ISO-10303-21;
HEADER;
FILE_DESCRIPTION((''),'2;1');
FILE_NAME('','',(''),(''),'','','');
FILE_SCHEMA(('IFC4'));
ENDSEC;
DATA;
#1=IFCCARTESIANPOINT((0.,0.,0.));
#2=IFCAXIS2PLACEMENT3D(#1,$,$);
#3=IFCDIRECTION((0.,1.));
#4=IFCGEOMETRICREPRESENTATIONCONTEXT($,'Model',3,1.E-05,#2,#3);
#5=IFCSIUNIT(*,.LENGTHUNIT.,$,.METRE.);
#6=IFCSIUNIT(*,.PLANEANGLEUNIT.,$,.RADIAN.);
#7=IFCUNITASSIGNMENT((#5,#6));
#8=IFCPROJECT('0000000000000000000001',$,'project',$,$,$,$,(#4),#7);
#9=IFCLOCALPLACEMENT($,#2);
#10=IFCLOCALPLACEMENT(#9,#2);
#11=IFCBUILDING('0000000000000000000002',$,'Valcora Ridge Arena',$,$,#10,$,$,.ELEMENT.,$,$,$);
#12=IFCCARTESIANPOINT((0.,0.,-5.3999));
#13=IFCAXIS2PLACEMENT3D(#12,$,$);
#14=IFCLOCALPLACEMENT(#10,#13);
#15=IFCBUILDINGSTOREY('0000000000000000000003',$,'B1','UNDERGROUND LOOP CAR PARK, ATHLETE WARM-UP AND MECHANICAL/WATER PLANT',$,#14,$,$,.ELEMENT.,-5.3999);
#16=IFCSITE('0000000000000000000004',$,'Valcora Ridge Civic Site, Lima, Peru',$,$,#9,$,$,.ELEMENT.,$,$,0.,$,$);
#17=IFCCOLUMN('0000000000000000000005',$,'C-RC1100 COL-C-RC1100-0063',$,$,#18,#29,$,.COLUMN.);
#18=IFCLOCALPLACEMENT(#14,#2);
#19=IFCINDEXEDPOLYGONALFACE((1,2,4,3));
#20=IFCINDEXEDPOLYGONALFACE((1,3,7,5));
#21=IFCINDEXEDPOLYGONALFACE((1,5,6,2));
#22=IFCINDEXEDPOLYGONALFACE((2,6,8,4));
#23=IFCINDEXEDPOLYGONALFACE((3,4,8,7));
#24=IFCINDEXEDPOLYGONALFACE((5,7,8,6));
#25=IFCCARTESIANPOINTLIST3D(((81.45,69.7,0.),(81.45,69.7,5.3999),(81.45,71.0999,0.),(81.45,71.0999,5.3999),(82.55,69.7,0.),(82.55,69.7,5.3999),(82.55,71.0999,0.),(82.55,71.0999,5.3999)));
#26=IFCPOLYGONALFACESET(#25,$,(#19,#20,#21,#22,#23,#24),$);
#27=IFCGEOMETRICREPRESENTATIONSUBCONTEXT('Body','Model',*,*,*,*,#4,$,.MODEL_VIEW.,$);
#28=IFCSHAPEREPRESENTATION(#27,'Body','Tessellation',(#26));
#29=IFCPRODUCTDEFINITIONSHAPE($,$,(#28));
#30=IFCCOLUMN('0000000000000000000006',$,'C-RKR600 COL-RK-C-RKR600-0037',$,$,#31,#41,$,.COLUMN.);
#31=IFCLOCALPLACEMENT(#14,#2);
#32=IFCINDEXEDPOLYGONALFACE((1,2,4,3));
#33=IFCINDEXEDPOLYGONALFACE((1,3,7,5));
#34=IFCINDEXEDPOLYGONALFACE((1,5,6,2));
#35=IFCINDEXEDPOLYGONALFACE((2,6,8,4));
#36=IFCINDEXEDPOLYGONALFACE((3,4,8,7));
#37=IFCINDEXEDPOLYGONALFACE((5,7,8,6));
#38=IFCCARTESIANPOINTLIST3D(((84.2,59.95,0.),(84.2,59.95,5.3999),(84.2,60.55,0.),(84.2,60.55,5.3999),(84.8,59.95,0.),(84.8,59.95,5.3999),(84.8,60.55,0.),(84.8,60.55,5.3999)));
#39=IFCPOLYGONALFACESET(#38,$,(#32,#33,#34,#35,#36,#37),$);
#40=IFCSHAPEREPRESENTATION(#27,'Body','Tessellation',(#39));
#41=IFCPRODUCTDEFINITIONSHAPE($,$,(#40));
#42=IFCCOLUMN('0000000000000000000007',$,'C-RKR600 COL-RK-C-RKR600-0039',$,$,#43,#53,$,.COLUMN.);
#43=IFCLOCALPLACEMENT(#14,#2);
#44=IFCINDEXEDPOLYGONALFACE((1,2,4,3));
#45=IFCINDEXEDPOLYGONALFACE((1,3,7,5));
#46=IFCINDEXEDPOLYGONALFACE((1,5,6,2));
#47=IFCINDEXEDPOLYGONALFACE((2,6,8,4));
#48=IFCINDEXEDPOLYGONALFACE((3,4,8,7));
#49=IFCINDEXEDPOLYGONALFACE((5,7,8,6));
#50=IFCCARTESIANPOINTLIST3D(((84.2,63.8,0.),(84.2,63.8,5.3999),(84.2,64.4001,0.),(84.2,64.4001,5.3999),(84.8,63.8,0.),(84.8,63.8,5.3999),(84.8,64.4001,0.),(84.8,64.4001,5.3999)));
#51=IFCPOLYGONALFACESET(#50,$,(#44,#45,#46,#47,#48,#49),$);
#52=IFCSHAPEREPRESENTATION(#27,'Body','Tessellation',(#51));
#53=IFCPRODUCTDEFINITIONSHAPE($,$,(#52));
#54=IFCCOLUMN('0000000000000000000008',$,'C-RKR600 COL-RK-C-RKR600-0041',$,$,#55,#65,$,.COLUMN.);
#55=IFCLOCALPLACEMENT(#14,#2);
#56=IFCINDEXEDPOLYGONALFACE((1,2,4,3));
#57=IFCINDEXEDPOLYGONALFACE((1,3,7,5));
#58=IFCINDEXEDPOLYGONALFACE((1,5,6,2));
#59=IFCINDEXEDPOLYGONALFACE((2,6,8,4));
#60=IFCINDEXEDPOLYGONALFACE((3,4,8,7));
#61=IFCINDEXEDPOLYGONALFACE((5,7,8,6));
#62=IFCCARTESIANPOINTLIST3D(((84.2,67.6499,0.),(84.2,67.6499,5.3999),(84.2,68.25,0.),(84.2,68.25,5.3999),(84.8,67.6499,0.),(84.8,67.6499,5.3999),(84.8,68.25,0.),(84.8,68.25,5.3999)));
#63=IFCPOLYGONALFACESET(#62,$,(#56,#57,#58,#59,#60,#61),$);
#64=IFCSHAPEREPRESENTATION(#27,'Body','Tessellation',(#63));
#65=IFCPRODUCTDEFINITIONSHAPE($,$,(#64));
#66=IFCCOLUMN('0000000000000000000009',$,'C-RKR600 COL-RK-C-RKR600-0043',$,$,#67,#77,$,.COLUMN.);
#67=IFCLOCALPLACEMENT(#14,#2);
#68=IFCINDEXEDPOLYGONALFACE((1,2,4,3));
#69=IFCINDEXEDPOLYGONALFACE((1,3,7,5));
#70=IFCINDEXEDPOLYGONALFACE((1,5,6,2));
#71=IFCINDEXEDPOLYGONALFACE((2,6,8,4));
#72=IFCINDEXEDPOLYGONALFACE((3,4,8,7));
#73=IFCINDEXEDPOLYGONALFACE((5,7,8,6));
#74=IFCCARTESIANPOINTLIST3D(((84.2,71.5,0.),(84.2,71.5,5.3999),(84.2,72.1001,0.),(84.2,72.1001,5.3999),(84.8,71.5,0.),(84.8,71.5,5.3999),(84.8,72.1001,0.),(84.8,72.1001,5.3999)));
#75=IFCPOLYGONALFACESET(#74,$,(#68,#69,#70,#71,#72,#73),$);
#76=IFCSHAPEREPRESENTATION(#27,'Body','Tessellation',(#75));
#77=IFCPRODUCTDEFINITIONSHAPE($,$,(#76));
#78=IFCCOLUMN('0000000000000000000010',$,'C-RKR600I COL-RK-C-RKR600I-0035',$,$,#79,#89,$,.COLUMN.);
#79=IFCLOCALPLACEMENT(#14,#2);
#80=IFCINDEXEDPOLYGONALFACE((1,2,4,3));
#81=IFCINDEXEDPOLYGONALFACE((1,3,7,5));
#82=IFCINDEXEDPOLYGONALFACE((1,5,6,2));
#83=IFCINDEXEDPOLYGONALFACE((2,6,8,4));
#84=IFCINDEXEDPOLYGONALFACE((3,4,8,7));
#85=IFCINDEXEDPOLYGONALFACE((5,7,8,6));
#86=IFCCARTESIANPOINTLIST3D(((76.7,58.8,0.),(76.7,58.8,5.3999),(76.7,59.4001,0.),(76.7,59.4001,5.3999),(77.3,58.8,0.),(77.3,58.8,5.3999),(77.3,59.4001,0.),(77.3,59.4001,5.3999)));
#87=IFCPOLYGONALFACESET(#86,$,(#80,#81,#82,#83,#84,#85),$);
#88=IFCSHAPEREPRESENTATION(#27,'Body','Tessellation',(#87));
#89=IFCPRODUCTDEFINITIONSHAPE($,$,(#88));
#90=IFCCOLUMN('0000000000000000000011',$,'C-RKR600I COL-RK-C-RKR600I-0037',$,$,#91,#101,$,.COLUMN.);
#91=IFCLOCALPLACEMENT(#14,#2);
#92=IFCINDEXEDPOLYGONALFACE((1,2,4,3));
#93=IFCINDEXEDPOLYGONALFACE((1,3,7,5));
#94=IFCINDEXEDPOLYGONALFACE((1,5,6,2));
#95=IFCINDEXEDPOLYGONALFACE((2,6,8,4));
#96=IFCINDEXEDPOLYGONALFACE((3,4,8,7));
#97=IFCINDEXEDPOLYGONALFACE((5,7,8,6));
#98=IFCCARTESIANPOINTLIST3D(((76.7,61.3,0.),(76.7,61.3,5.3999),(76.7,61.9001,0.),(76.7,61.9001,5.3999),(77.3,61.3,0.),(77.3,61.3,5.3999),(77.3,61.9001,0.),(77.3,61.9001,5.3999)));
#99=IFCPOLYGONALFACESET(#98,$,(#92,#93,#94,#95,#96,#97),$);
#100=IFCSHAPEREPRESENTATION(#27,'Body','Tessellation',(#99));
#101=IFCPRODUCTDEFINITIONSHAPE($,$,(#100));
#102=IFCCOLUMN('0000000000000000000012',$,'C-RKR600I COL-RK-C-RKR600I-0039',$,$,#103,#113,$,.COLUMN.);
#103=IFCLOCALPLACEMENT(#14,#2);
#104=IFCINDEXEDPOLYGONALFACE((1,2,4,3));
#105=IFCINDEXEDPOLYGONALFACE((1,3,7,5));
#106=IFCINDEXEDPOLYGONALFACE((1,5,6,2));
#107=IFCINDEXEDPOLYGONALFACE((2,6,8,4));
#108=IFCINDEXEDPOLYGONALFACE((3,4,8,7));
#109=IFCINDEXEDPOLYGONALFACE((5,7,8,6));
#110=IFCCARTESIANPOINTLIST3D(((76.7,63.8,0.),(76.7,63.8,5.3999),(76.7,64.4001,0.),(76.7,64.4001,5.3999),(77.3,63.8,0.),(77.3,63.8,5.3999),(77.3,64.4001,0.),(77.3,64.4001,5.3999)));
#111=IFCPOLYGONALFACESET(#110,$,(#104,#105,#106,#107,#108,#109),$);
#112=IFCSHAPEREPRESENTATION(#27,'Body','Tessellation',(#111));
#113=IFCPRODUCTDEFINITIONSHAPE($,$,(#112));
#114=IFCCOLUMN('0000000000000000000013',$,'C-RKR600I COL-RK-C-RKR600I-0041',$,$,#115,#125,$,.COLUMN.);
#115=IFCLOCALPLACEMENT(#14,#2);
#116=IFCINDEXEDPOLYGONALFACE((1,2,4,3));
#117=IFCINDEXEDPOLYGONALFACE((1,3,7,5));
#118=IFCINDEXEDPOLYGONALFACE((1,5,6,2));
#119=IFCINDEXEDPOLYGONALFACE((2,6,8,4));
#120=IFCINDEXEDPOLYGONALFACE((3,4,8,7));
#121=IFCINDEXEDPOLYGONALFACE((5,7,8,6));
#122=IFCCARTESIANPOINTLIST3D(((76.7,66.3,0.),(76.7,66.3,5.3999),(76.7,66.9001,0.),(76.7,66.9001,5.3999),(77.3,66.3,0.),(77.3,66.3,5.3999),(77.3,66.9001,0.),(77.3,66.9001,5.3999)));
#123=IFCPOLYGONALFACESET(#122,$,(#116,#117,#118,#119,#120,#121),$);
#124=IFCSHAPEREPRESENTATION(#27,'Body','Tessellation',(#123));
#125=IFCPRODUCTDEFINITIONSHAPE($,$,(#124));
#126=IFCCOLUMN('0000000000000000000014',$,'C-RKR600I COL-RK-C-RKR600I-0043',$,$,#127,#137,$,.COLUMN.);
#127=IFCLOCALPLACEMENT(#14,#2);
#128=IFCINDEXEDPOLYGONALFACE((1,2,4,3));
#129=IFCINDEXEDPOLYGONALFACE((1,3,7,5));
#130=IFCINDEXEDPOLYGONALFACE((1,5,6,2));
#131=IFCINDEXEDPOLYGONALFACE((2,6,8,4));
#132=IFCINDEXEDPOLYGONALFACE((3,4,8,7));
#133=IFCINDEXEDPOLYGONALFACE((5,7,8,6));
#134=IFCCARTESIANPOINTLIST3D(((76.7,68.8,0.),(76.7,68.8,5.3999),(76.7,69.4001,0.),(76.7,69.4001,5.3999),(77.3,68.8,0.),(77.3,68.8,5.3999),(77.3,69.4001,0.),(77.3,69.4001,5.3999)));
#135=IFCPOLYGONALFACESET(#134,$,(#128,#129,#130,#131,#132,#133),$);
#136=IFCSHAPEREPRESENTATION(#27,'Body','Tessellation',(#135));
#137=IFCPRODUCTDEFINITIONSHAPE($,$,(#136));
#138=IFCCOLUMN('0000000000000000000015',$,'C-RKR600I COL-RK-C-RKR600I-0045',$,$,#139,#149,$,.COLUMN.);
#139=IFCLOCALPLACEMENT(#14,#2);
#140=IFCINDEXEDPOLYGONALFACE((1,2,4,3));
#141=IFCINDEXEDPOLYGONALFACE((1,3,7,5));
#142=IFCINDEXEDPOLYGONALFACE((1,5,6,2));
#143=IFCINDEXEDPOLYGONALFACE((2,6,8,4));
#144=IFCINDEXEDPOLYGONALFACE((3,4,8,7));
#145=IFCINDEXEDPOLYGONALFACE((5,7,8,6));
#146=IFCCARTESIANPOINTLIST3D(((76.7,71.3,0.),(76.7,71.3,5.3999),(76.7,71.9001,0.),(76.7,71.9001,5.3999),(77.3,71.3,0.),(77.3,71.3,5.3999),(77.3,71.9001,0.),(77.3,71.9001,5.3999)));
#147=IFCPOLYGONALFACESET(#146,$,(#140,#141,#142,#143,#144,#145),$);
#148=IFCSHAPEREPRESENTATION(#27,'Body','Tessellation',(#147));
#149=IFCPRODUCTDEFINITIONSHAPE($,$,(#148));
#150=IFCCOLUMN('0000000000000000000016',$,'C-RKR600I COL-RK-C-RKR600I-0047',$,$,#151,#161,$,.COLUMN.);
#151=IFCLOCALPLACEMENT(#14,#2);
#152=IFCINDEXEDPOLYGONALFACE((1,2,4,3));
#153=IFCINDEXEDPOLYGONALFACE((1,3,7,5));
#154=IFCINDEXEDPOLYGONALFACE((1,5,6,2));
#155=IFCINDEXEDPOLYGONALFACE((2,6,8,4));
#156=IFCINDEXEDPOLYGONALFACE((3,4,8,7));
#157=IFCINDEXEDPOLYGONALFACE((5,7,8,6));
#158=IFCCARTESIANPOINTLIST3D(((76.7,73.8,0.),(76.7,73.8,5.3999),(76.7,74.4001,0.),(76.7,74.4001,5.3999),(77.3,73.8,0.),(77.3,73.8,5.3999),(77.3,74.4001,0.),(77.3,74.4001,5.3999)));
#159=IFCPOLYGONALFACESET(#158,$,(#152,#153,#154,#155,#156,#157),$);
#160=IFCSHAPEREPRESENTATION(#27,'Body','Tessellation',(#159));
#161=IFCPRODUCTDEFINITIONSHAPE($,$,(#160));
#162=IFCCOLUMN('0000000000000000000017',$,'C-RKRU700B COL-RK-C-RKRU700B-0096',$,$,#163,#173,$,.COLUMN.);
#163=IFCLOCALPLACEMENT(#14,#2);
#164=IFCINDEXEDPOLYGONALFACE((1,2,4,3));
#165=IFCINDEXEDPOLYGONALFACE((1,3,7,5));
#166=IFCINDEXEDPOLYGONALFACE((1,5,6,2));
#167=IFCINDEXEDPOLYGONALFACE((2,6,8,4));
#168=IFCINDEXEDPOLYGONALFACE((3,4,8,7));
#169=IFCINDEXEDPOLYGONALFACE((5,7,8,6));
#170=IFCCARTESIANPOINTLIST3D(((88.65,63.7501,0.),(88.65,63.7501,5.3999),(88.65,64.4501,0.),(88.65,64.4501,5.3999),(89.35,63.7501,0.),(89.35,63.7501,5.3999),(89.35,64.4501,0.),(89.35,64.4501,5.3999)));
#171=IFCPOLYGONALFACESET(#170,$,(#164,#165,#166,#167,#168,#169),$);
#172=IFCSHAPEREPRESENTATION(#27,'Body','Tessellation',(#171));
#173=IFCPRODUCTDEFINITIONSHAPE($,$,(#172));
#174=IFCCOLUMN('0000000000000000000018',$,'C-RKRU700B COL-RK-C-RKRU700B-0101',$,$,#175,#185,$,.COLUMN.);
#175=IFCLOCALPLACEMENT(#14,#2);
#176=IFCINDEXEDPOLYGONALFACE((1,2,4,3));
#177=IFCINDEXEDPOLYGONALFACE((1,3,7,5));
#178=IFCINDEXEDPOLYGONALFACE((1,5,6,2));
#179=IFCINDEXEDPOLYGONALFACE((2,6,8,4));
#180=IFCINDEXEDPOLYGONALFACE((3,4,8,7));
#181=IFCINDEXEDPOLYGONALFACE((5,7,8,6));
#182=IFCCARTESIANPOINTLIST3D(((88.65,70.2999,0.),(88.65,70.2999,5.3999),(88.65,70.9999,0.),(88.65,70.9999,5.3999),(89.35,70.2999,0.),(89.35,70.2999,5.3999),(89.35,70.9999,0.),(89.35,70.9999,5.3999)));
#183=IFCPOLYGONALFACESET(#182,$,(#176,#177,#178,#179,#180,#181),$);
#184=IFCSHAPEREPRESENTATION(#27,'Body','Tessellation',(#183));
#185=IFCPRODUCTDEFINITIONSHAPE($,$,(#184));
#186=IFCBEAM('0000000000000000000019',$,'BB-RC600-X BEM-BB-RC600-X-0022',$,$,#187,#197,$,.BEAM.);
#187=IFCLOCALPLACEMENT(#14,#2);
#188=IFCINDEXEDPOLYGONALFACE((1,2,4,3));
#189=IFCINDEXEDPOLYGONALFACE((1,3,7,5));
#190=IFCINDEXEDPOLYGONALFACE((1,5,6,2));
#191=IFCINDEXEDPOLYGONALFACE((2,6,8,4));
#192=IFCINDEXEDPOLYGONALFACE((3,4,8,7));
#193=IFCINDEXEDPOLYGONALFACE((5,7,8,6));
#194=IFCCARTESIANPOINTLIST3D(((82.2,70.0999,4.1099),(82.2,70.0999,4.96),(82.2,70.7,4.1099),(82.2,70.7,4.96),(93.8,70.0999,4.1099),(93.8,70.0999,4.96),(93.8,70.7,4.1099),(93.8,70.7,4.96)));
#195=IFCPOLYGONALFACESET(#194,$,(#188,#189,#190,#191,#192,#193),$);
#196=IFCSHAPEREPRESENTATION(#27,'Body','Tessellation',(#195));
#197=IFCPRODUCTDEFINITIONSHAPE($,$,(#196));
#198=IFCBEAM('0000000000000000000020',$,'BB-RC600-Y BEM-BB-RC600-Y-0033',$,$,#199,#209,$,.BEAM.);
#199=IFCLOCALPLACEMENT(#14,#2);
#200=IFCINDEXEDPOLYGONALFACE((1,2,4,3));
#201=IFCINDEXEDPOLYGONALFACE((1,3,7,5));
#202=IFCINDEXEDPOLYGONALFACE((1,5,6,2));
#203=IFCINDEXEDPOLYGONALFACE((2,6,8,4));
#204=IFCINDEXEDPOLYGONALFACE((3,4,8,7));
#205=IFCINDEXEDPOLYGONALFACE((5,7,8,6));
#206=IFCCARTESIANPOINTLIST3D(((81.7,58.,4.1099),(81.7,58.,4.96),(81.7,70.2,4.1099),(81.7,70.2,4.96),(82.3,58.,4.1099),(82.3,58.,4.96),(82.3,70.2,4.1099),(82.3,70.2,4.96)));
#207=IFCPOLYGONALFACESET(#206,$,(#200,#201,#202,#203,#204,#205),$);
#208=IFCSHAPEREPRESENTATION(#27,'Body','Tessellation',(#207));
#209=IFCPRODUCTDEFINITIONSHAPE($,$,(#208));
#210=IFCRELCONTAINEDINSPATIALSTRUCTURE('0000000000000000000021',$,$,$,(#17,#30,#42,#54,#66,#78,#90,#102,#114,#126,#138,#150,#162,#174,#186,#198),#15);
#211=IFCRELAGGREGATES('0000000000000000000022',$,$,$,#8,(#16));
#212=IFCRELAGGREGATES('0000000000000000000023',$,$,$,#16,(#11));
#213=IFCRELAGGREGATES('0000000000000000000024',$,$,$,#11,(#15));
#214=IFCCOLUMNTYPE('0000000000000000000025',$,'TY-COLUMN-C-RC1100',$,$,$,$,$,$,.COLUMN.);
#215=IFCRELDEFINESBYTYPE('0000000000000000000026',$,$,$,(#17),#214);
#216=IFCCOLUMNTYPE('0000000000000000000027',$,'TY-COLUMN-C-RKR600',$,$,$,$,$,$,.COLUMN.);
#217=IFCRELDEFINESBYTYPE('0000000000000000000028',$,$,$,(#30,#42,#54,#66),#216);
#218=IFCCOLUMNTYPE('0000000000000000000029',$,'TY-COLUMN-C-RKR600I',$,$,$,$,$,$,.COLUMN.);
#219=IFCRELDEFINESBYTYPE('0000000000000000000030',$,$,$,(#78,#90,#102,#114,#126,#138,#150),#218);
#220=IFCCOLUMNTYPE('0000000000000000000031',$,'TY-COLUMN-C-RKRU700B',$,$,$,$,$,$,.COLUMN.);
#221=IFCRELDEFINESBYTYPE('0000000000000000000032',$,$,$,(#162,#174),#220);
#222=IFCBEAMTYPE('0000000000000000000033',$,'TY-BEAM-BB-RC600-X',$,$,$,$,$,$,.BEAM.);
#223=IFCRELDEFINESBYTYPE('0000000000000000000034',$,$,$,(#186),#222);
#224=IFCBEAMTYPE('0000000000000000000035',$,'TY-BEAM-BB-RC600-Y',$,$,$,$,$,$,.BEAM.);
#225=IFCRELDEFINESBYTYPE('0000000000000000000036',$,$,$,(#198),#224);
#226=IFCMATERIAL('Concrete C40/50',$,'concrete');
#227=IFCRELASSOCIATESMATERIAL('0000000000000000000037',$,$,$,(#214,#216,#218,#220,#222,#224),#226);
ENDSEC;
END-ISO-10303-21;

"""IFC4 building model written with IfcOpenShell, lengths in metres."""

from ifc_helpers import new_model, si_unit, direction, frame, origin, origin_2d, place, context, subcontext, project, spatial, rectangle, extrude, material, material_profile, profile_set, type_object, element, save


model = new_model("IFC4")

# Units and contexts
model_context = context("Model", 3, precision=1e-05, world=origin(), true_north=direction((0.0, 1.0)))
body_context = subcontext(model_context, "Body", "Model", "MODEL_VIEW")
ifc_project = project(units=[si_unit("LENGTHUNIT", "METRE"), si_unit("PLANEANGLEUNIT", "RADIAN")], contexts=[model_context])

# Site, building, storey
site_placement = place(None, origin())
site = spatial("IfcSite", under=ifc_project, at=site_placement, Name="Valcora Ridge Civic Site, Lima, Peru", CompositionType="ELEMENT", RefElevation=0.0)
building_placement = place(site_placement, origin())
building = spatial("IfcBuilding", under=site, at=building_placement, Name="Valcora Ridge Arena", CompositionType="ELEMENT")
storey_placement = place(building_placement, frame((0.0, 0.0, -5.3999)))
storey = spatial("IfcBuildingStorey", under=building, at=storey_placement, Name="B1", Description="UNDERGROUND LOOP CAR PARK, ATHLETE WARM-UP AND MECHANICAL/WATER PLANT", CompositionType="ELEMENT", Elevation=-5.3999)

# Shared definitions
ifc_material_1 = material(Name="Concrete C40/50", Category="concrete")

# Columns
ifc_material_profile_1 = material_profile(ifc_material_1, rectangle(XDim=1.1001, YDim=1.3999, at=origin_2d()), Name="RC 1100x1400")
ifc_profile_set_1 = profile_set([ifc_material_profile_1], Name="Concrete C40/50")
column_type_1 = type_object("IfcColumnType", Name="TY-COLUMN-C-RC1100", PredefinedType="COLUMN", material=ifc_profile_set_1)
column_placement = place(storey_placement, frame((82.0, 70.3999, 0.0), z_axis=(0.0, 0.0, 1.0), x_axis=(1.0, 0.0, 0.0)))
element("IfcColumn", 1, at=column_placement, inside=storey, type_object=column_type_1, Name="C-RC1100 COL-C-RC1100-0063", PredefinedType="COLUMN", context=body_context, shape_type="SweptSolid", body=[
    extrude(rectangle(XDim=1.1001, YDim=1.3999, at=origin_2d()), origin(), (0.0, 0.0, 1.0), 5.3999),
])
ifc_material_profile_2 = material_profile(ifc_material_1, rectangle(XDim=0.6001, YDim=0.6001, at=origin_2d()), Name="RC 600x600")
ifc_profile_set_2 = profile_set([ifc_material_profile_2], Name="Concrete C40/50")
column_type_2 = type_object("IfcColumnType", Name="TY-COLUMN-C-RKR600", PredefinedType="COLUMN", material=ifc_profile_set_2)
for number, where, z_axis, x_axis, name in (
    (2, (84.5, 60.25, 0.0), (0.0, 0.0, 1.0), (1.0, 0.0, 0.0), "C-RKR600 COL-RK-C-RKR600-0037"),
    (3, (84.5, 64.1001, 0.0), (0.0, 0.0, 1.0), (1.0, 0.0, 0.0), "C-RKR600 COL-RK-C-RKR600-0039"),
    (4, (84.5, 67.95, 0.0), (0.0, 0.0, 1.0), (1.0, 0.0, 0.0), "C-RKR600 COL-RK-C-RKR600-0041"),
    (5, (84.5, 71.8, 0.0), (0.0, 0.0, 1.0), (1.0, 0.0, 0.0), "C-RKR600 COL-RK-C-RKR600-0043"),
):
    element("IfcColumn", number, at=place(storey_placement, frame(where, z_axis=z_axis, x_axis=x_axis)), inside=storey, type_object=column_type_2, Name=name, PredefinedType="COLUMN", context=body_context, shape_type="SweptSolid", body=[
        extrude(rectangle(XDim=0.6001, YDim=0.6001, at=origin_2d()), origin(), (0.0, 0.0, 1.0), 5.3999),
    ])
ifc_material_profile_3 = material_profile(ifc_material_1, rectangle(XDim=0.6001, YDim=0.6001, at=origin_2d()), Name="RC 600x600")
ifc_profile_set_3 = profile_set([ifc_material_profile_3], Name="Concrete C40/50")
column_type_3 = type_object("IfcColumnType", Name="TY-COLUMN-C-RKR600I", PredefinedType="COLUMN", material=ifc_profile_set_3)
for number, where, z_axis, x_axis, name in (
    (6, (77.0, 59.1001, 0.0), (0.0, 0.0, 1.0), (1.0, 0.0, 0.0), "C-RKR600I COL-RK-C-RKR600I-0035"),
    (7, (77.0, 61.6001, 0.0), (0.0, 0.0, 1.0), (1.0, 0.0, 0.0), "C-RKR600I COL-RK-C-RKR600I-0037"),
    (8, (77.0, 64.1001, 0.0), (0.0, 0.0, 1.0), (1.0, 0.0, 0.0), "C-RKR600I COL-RK-C-RKR600I-0039"),
    (9, (77.0, 66.6001, 0.0), (0.0, 0.0, 1.0), (1.0, 0.0, 0.0), "C-RKR600I COL-RK-C-RKR600I-0041"),
    (10, (77.0, 69.1001, 0.0), (0.0, 0.0, 1.0), (1.0, 0.0, 0.0), "C-RKR600I COL-RK-C-RKR600I-0043"),
    (11, (77.0, 71.6001, 0.0), (0.0, 0.0, 1.0), (1.0, 0.0, 0.0), "C-RKR600I COL-RK-C-RKR600I-0045"),
    (12, (77.0, 74.1001, 0.0), (0.0, 0.0, 1.0), (1.0, 0.0, 0.0), "C-RKR600I COL-RK-C-RKR600I-0047"),
):
    element("IfcColumn", number, at=place(storey_placement, frame(where, z_axis=z_axis, x_axis=x_axis)), inside=storey, type_object=column_type_3, Name=name, PredefinedType="COLUMN", context=body_context, shape_type="SweptSolid", body=[
        extrude(rectangle(XDim=0.6001, YDim=0.6001, at=origin_2d()), origin(), (0.0, 0.0, 1.0), 5.3999),
    ])
ifc_material_profile_4 = material_profile(ifc_material_1, rectangle(XDim=0.7, YDim=0.7, at=origin_2d()), Name="RC 700x700")
ifc_profile_set_4 = profile_set([ifc_material_profile_4], Name="Concrete C40/50")
column_type_4 = type_object("IfcColumnType", Name="TY-COLUMN-C-RKRU700B", PredefinedType="COLUMN", material=ifc_profile_set_4)
for number, where, z_axis, x_axis, name in (
    (13, (89.0, 64.1001, 0.0), (0.0, 0.0, 1.0), (1.0, 0.0, 0.0), "C-RKRU700B COL-RK-C-RKRU700B-0096"),
    (14, (89.0, 70.6499, 0.0), (0.0, 0.0, 1.0), (1.0, 0.0, 0.0), "C-RKRU700B COL-RK-C-RKRU700B-0101"),
):
    element("IfcColumn", number, at=place(storey_placement, frame(where, z_axis=z_axis, x_axis=x_axis)), inside=storey, type_object=column_type_4, Name=name, PredefinedType="COLUMN", context=body_context, shape_type="SweptSolid", body=[
        extrude(rectangle(XDim=0.7, YDim=0.7, at=origin_2d()), origin(), (0.0, 0.0, 1.0), 5.3999),
    ])

# Beams
ifc_material_profile_5 = material_profile(ifc_material_1, rectangle(XDim=0.6001, YDim=0.8501, at=origin_2d()), Name="RC 600x850")
ifc_profile_set_5 = profile_set([ifc_material_profile_5], Name="Concrete C40/50")
beam_type_1 = type_object("IfcBeamType", Name="TY-BEAM-BB-RC600-X", PredefinedType="BEAM", material=ifc_profile_set_5)
beam_placement = place(storey_placement, frame((82.2, 70.3999, 4.5349), z_axis=(1.0, 0.0, 0.0), x_axis=(0.0, 1.0, 0.0)))
element("IfcBeam", 15, at=beam_placement, inside=storey, type_object=beam_type_1, Name="BB-RC600-X BEM-BB-RC600-X-0022", PredefinedType="BEAM", context=body_context, shape_type="SweptSolid", body=[
    extrude(rectangle(XDim=0.6001, YDim=0.8501, at=origin_2d()), origin(), (0.0, 0.0, 1.0), 11.6001),
])
ifc_material_profile_6 = material_profile(ifc_material_1, rectangle(XDim=0.6001, YDim=0.8501, at=origin_2d()), Name="RC 600x850")
ifc_profile_set_6 = profile_set([ifc_material_profile_6], Name="Concrete C40/50")
beam_type_2 = type_object("IfcBeamType", Name="TY-BEAM-BB-RC600-Y", PredefinedType="BEAM", material=ifc_profile_set_6)
for number, where, z_axis, x_axis, name in (
    (16, (82.0, 58.0, 4.5349), (0.0, 1.0, 0.0), (-1.0, 0.0, 0.0), "BB-RC600-Y BEM-BB-RC600-Y-0033"),
):
    element("IfcBeam", number, at=place(storey_placement, frame(where, z_axis=z_axis, x_axis=x_axis)), inside=storey, type_object=beam_type_2, Name=name, PredefinedType="BEAM", context=body_context, shape_type="SweptSolid", body=[
        extrude(rectangle(XDim=0.6001, YDim=0.8501, at=origin_2d()), origin(), (0.0, 0.0, 1.0), 12.2),
    ])

save(model, "model.ifc")
